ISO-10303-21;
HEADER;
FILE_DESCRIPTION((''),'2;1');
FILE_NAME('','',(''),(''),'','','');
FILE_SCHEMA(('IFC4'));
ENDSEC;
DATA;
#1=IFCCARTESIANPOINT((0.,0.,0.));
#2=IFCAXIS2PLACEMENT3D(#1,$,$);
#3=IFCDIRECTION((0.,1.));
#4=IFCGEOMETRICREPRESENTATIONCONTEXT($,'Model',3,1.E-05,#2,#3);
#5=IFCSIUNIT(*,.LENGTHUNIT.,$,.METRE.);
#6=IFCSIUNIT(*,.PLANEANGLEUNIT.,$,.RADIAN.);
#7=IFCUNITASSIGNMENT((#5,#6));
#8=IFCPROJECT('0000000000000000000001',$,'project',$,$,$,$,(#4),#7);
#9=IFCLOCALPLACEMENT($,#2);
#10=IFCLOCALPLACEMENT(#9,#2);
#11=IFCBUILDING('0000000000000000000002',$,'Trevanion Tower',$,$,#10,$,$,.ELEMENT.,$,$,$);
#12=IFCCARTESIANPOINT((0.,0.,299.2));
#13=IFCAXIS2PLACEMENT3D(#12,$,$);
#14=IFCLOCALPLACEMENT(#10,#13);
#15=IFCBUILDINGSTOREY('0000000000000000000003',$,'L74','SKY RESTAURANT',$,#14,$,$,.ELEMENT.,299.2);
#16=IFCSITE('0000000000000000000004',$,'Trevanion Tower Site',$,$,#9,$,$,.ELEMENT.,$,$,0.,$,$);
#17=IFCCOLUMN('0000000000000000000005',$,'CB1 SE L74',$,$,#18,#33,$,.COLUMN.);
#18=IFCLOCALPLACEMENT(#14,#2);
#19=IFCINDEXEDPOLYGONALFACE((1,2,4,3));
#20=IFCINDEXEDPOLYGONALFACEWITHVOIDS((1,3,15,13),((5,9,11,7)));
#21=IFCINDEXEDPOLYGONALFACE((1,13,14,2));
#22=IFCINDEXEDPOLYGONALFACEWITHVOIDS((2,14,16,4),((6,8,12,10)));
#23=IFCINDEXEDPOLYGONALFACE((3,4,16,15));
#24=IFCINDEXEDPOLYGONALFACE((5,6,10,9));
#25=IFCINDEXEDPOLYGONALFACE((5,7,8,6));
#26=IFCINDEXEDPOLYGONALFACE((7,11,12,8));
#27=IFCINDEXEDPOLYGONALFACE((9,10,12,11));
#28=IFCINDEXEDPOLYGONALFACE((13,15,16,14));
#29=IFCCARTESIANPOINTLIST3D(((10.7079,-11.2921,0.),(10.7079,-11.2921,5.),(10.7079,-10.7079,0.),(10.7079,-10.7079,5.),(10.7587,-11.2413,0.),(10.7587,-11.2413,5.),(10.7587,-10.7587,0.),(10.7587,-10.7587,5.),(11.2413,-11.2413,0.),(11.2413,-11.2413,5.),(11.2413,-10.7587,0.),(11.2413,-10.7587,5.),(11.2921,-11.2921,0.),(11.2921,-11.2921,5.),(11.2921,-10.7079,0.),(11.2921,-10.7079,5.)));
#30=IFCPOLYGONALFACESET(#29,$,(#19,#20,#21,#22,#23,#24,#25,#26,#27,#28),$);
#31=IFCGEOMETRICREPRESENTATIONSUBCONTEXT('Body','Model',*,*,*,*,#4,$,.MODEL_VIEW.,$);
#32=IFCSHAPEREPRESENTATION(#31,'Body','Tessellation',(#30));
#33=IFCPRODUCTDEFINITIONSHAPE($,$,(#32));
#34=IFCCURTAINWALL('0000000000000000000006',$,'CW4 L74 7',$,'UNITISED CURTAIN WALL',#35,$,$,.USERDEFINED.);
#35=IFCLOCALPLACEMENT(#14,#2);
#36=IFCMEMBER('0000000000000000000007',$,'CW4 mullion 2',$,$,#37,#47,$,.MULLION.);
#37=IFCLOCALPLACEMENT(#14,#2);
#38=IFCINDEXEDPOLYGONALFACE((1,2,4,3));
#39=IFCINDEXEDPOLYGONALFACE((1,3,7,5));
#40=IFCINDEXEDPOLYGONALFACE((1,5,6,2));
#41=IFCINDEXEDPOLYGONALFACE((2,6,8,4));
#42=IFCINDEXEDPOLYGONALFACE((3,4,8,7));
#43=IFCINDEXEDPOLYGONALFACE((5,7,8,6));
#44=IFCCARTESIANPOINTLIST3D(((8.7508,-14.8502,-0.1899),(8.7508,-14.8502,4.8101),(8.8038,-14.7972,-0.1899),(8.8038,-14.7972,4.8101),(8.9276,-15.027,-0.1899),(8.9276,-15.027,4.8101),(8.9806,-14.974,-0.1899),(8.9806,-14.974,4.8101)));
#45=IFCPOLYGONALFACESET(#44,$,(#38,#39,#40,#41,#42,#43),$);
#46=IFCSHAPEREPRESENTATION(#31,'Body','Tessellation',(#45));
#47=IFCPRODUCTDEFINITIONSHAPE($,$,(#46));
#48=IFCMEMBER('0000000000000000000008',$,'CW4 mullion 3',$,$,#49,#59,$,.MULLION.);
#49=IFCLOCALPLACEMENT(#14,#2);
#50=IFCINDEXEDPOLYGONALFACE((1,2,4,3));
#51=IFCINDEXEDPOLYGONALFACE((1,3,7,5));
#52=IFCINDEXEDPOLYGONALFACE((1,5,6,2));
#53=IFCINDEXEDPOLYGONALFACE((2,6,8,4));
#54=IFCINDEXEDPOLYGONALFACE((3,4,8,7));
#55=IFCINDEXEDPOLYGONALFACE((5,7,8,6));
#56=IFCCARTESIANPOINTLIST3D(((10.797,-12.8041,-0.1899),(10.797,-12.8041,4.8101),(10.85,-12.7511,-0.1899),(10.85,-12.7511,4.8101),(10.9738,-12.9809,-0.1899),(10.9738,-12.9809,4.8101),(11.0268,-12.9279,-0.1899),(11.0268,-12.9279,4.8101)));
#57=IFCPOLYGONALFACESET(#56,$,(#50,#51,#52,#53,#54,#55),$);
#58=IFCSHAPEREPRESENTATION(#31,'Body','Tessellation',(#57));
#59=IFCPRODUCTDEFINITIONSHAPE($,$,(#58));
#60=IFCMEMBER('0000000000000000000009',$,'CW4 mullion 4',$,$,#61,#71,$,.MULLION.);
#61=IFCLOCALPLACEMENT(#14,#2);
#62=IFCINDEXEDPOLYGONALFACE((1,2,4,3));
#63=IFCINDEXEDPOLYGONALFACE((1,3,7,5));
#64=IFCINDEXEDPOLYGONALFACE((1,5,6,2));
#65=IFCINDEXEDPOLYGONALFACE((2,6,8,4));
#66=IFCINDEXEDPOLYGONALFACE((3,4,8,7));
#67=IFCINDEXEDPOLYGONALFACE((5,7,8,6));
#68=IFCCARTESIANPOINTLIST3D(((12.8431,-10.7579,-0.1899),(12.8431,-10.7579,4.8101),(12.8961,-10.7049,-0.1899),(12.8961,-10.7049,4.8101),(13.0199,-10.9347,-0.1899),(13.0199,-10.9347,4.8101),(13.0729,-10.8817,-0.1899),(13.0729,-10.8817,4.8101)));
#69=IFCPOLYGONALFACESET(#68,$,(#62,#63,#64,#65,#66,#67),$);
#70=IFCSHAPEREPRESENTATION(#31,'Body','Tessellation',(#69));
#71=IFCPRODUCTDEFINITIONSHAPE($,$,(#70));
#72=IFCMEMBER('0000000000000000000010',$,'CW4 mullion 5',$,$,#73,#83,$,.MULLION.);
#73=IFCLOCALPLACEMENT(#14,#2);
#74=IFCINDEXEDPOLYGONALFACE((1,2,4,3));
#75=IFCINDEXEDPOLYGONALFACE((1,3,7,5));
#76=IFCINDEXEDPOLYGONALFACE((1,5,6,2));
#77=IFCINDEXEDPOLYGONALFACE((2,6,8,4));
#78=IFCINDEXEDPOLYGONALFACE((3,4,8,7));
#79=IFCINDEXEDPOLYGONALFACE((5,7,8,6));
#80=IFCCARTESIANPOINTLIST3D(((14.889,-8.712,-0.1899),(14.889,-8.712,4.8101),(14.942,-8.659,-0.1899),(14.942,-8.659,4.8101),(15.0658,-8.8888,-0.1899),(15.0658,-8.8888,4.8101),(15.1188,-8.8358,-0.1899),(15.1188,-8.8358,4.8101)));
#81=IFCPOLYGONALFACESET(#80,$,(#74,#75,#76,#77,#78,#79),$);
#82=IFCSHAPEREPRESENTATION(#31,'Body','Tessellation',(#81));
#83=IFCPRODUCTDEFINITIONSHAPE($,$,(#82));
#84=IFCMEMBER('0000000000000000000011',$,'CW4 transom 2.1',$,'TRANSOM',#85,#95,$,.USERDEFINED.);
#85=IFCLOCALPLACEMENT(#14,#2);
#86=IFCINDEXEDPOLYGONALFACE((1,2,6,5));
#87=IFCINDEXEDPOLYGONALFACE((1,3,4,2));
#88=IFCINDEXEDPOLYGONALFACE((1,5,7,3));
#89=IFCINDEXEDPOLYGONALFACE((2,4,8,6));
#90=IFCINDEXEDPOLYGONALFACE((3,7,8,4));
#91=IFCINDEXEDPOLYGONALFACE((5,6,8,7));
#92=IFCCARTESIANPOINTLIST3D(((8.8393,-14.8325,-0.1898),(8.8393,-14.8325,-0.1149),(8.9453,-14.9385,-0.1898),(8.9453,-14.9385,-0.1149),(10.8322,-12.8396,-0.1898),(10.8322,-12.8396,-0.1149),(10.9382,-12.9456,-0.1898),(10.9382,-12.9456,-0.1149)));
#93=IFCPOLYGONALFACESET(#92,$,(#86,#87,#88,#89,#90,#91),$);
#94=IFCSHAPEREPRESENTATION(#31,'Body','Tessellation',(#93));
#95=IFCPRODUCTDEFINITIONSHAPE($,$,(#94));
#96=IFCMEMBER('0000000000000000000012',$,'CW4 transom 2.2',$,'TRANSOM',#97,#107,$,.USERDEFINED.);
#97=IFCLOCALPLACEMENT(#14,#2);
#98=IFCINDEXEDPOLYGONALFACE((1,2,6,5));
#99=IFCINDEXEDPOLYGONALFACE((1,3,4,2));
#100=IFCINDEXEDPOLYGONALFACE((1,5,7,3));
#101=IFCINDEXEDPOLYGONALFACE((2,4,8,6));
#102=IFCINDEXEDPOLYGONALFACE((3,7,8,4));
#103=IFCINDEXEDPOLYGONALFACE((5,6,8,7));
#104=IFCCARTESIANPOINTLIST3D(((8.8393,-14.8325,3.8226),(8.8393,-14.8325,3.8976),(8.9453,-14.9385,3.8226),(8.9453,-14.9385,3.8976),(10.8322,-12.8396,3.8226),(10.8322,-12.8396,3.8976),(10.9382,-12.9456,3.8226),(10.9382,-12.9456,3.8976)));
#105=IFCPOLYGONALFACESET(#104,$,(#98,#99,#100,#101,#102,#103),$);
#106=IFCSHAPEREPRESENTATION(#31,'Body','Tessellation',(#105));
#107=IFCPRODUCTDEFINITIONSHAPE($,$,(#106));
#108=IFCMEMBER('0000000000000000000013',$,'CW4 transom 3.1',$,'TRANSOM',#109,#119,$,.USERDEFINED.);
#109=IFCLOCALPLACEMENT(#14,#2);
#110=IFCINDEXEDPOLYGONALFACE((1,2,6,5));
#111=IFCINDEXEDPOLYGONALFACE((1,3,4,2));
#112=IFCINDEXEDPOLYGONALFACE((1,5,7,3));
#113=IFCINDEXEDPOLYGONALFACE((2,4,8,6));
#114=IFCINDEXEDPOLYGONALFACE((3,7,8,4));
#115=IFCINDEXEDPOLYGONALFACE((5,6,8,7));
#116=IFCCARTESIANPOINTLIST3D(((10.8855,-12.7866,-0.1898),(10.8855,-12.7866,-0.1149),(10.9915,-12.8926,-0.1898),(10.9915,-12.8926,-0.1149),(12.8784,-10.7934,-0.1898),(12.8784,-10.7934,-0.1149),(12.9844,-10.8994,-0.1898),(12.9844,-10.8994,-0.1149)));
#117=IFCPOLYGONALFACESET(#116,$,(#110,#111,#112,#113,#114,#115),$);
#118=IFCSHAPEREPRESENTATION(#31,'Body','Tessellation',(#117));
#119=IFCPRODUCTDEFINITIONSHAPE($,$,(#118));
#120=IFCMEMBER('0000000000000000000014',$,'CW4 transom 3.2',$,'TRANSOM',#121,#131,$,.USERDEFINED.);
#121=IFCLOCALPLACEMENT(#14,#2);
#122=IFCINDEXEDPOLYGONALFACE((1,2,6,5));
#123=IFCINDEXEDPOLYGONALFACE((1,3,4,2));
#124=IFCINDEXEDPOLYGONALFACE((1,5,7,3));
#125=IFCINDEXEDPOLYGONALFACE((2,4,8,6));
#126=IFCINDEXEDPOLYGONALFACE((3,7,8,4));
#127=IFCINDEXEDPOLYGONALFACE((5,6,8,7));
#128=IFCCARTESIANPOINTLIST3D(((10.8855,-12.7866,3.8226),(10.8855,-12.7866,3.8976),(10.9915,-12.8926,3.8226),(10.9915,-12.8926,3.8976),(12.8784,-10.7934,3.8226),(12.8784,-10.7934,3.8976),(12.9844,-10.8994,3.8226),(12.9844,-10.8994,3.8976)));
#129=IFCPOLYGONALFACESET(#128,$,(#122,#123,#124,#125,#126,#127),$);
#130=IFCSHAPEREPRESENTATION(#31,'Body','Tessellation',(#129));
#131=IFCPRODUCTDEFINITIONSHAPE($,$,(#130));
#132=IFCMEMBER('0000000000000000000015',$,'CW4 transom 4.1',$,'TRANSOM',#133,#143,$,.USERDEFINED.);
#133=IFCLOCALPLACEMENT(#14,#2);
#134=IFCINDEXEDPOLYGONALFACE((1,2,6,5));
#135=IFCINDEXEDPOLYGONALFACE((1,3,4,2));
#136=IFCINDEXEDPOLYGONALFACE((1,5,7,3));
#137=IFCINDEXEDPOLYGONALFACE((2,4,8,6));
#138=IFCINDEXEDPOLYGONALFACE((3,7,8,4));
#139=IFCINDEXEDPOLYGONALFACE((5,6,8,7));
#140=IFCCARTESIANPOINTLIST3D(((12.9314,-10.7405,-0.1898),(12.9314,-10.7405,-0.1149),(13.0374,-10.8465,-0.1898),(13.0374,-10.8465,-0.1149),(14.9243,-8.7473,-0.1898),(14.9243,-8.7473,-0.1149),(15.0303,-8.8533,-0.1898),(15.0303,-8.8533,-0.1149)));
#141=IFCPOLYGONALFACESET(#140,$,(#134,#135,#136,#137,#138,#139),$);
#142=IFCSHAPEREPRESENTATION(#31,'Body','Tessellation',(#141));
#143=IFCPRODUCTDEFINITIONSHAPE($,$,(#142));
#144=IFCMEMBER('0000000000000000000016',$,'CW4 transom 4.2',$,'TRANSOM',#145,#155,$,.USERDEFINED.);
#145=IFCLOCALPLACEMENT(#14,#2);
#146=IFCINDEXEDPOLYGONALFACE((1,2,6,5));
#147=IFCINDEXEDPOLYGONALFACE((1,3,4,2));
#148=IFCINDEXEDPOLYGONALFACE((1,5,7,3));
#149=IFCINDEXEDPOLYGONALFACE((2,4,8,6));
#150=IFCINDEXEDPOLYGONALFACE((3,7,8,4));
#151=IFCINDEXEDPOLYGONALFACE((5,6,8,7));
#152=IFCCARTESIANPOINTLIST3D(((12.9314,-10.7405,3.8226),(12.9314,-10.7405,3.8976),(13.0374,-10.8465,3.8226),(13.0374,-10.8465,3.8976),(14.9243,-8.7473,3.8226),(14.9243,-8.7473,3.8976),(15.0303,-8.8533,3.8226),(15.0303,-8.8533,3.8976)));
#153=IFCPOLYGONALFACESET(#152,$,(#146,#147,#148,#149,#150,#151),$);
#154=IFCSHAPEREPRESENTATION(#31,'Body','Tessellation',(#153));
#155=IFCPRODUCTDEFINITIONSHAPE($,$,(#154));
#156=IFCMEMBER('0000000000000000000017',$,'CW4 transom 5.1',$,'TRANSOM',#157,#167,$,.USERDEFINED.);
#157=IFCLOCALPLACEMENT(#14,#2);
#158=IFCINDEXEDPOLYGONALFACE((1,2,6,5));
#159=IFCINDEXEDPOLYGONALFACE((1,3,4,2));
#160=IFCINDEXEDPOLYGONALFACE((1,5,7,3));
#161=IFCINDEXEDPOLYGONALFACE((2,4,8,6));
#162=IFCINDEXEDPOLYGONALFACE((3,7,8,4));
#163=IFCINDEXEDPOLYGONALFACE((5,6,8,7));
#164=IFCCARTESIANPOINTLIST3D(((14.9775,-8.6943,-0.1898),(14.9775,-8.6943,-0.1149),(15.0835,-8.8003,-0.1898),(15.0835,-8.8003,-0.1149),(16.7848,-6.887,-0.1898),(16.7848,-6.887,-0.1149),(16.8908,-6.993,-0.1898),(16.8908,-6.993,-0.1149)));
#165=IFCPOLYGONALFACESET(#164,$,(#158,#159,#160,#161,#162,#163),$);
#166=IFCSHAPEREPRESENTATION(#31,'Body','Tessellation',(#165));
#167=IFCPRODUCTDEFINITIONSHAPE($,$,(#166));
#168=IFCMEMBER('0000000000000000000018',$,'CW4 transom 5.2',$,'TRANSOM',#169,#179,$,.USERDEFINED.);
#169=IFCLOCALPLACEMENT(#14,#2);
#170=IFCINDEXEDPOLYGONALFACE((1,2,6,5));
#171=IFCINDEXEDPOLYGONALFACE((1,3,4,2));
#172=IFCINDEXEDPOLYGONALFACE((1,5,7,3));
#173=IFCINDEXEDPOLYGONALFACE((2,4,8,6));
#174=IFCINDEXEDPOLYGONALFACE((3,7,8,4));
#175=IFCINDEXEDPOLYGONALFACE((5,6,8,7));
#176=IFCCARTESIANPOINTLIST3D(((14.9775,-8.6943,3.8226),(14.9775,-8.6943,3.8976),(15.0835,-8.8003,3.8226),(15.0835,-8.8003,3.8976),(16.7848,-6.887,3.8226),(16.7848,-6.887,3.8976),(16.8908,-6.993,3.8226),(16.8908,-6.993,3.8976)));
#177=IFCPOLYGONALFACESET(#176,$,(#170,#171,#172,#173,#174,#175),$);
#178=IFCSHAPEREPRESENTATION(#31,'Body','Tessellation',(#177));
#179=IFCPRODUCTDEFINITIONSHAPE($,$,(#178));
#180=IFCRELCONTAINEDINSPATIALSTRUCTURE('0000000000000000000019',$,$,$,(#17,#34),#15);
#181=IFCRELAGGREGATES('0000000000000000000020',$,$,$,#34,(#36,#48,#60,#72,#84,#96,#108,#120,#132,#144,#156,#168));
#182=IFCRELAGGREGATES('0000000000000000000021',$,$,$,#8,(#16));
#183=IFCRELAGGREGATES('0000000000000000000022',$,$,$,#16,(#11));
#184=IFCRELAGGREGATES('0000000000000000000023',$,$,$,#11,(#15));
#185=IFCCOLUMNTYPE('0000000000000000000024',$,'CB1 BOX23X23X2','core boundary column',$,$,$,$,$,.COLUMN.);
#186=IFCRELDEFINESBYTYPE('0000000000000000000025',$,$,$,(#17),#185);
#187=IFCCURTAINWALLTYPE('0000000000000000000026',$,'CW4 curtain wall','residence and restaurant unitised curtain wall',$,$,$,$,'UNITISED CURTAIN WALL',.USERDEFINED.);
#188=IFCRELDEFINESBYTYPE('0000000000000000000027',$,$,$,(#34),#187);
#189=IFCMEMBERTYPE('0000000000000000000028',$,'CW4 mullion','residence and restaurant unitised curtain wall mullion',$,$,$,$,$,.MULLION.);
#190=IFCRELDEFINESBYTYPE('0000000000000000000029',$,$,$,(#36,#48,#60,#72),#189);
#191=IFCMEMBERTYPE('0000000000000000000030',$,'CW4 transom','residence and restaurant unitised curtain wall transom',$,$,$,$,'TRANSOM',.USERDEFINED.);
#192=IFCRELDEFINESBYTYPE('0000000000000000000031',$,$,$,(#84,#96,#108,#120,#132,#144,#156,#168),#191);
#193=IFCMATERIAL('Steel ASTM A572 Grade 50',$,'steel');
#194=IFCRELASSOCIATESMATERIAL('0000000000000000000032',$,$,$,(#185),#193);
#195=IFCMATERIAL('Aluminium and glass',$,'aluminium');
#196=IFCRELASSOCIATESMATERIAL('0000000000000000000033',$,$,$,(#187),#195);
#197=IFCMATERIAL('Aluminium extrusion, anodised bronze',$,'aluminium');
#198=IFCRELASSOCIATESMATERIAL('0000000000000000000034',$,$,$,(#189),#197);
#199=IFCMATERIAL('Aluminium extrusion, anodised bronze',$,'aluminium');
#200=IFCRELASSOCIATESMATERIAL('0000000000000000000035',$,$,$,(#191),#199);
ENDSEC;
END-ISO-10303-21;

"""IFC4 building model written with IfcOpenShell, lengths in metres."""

from ifc_helpers import new_model, si_unit, direction, frame, origin, origin_2d, place, context, subcontext, project, spatial, rectangle, hollow_rectangle, extrude, material, material_profile, profile_set, type_object, element, aggregate, save


model = new_model("IFC4")

# Units and contexts
model_context = context("Model", 3, precision=1e-05, world=origin(), true_north=direction((0.0, 1.0)))
body_context = subcontext(model_context, "Body", "Model", "MODEL_VIEW")
ifc_project = project(units=[si_unit("LENGTHUNIT", "METRE"), si_unit("PLANEANGLEUNIT", "RADIAN")], contexts=[model_context])

# Site, building, storey
site_placement = place(None, origin())
site = spatial("IfcSite", under=ifc_project, at=site_placement, Name="Trevanion Tower Site", CompositionType="ELEMENT", RefElevation=0.0)
building_placement = place(site_placement, origin())
building = spatial("IfcBuilding", under=site, at=building_placement, Name="Trevanion Tower", CompositionType="ELEMENT")
storey_placement = place(building_placement, frame((0.0, 0.0, 299.2)))
storey = spatial("IfcBuildingStorey", under=building, at=storey_placement, Name="L74", Description="SKY RESTAURANT", CompositionType="ELEMENT", Elevation=299.2)

# Column
ifc_material_1 = material(Name="Steel ASTM A572 Grade 50", Category="steel")
ifc_material_profile_1 = material_profile(ifc_material_1, hollow_rectangle(XDim=0.5842, YDim=0.5842, WallThickness=0.0508, at=origin_2d()), Name="BOX23X23X2")
ifc_profile_set_1 = profile_set([ifc_material_profile_1], Name="Steel ASTM A572 Grade 50")
column_type = type_object("IfcColumnType", Name="CB1 BOX23X23X2", Description="core boundary column", PredefinedType="COLUMN", material=ifc_profile_set_1)
column_placement = place(storey_placement, frame((11.0, -11.0, 0.0), z_axis=(0.0, 0.0, 1.0), x_axis=(1.0, 0.0, 0.0)))
element("IfcColumn", 1, at=column_placement, inside=storey, type_object=column_type, Name="CB1 SE L74", PredefinedType="COLUMN", context=body_context, shape_type="SweptSolid", body=[
    extrude(hollow_rectangle(XDim=0.5842, YDim=0.5842, WallThickness=0.0508, at=origin_2d()), origin(), (0.0, 0.0, 1.0), 5.0),
])

# Curtain wall, members
ifc_material_2 = material(Name="Aluminium and glass", Category="aluminium")
curtain_wall_type = type_object("IfcCurtainWallType", Name="CW4 curtain wall", Description="residence and restaurant unitised curtain wall", ElementType="UNITISED CURTAIN WALL", PredefinedType="USERDEFINED", material=ifc_material_2)
curtain_wall_placement = place(storey_placement, origin())
curtain_wall = element("IfcCurtainWall", 2, at=curtain_wall_placement, inside=storey, type_object=curtain_wall_type, Name="CW4 L74 7", ObjectType="UNITISED CURTAIN WALL", PredefinedType="USERDEFINED")
ifc_material_3 = material(Name="Aluminium extrusion, anodised bronze", Category="aluminium")
ifc_material_profile_2 = material_profile(ifc_material_3, rectangle(XDim=0.075, YDim=0.25, at=origin_2d()), Name="CW4 mullion")
ifc_profile_set_2 = profile_set([ifc_material_profile_2], Name="Aluminium extrusion, anodised bronze")
member_type_1 = type_object("IfcMemberType", Name="CW4 mullion", Description="residence and restaurant unitised curtain wall mullion", PredefinedType="MULLION", material=ifc_profile_set_2)
member_1_placement = place(storey_placement, frame((8.8657, -14.9121, -0.1899), z_axis=(0.0, 0.0, 1.0), x_axis=(0.707107, 0.707107, 0.0)))
member_1 = element("IfcMember", 3, at=member_1_placement, type_object=member_type_1, Name="CW4 mullion 2", PredefinedType="MULLION", context=body_context, shape_type="SweptSolid", body=[
    extrude(rectangle(XDim=0.075, YDim=0.25, at=origin_2d()), origin(), (0.0, 0.0, 1.0), 5.0),
])
member_2_placement = place(storey_placement, frame((10.9119, -12.866, -0.1899), z_axis=(0.0, 0.0, 1.0), x_axis=(0.707107, 0.707107, 0.0)))
member_2 = element("IfcMember", 4, at=member_2_placement, type_object=member_type_1, Name="CW4 mullion 3", PredefinedType="MULLION", context=body_context, shape_type="SweptSolid", body=[
    extrude(rectangle(XDim=0.075, YDim=0.25, at=origin_2d()), origin(), (0.0, 0.0, 1.0), 5.0),
])
member_3_placement = place(storey_placement, frame((12.958, -10.8198, -0.1899), z_axis=(0.0, 0.0, 1.0), x_axis=(0.707107, 0.707107, 0.0)))
member_3 = element("IfcMember", 5, at=member_3_placement, type_object=member_type_1, Name="CW4 mullion 4", PredefinedType="MULLION", context=body_context, shape_type="SweptSolid", body=[
    extrude(rectangle(XDim=0.075, YDim=0.25, at=origin_2d()), origin(), (0.0, 0.0, 1.0), 5.0),
])
member_4_placement = place(storey_placement, frame((15.0039, -8.7739, -0.1899), z_axis=(0.0, 0.0, 1.0), x_axis=(0.707107, 0.707107, 0.0)))
member_4 = element("IfcMember", 6, at=member_4_placement, type_object=member_type_1, Name="CW4 mullion 5", PredefinedType="MULLION", context=body_context, shape_type="SweptSolid", body=[
    extrude(rectangle(XDim=0.075, YDim=0.25, at=origin_2d()), origin(), (0.0, 0.0, 1.0), 5.0),
])
ifc_material_4 = material(Name="Aluminium extrusion, anodised bronze", Category="aluminium")
ifc_material_profile_3 = material_profile(ifc_material_4, rectangle(XDim=0.1499, YDim=0.075, at=origin_2d()), Name="CW4 transom")
ifc_profile_set_3 = profile_set([ifc_material_profile_3], Name="Aluminium extrusion, anodised bronze")
member_type_2 = type_object("IfcMemberType", Name="CW4 transom", Description="residence and restaurant unitised curtain wall transom", ElementType="TRANSOM", PredefinedType="USERDEFINED", material=ifc_profile_set_3)
member_5_placement = place(storey_placement, frame((8.8923, -14.8855, -0.1523), z_axis=(0.707107, 0.707107, 0.0), x_axis=(-0.707107, 0.707107, 0.0)))
member_5 = element("IfcMember", 7, at=member_5_placement, type_object=member_type_2, Name="CW4 transom 2.1", ObjectType="TRANSOM", PredefinedType="USERDEFINED", context=body_context, shape_type="SweptSolid", body=[
    extrude(rectangle(XDim=0.1499, YDim=0.075, at=origin_2d()), origin(), (0.0, 0.0, 1.0), 2.8184),
])
member_6_placement = place(storey_placement, frame((8.8923, -14.8855, 3.8601), z_axis=(0.707107, 0.707107, 0.0), x_axis=(-0.707107, 0.707107, 0.0)))
member_6 = element("IfcMember", 8, at=member_6_placement, type_object=member_type_2, Name="CW4 transom 2.2", ObjectType="TRANSOM", PredefinedType="USERDEFINED", context=body_context, shape_type="SweptSolid", body=[
    extrude(rectangle(XDim=0.1499, YDim=0.075, at=origin_2d()), origin(), (0.0, 0.0, 1.0), 2.8184),
])
member_7_placement = place(storey_placement, frame((10.9385, -12.8396, -0.1523), z_axis=(0.707063, 0.70715, 0.0), x_axis=(-0.70715, 0.707063, 0.0)))
member_7 = element("IfcMember", 9, at=member_7_placement, type_object=member_type_2, Name="CW4 transom 3.1", ObjectType="TRANSOM", PredefinedType="USERDEFINED", context=body_context, shape_type="SweptSolid", body=[
    extrude(rectangle(XDim=0.1499, YDim=0.075, at=origin_2d()), origin(), (0.0, 0.0, 1.0), 2.8186),
])
member_8_placement = place(storey_placement, frame((10.9385, -12.8396, 3.8601), z_axis=(0.707063, 0.70715, 0.0), x_axis=(-0.70715, 0.707063, 0.0)))
member_8 = element("IfcMember", 10, at=member_8_placement, type_object=member_type_2, Name="CW4 transom 3.2", ObjectType="TRANSOM", PredefinedType="USERDEFINED", context=body_context, shape_type="SweptSolid", body=[
    extrude(rectangle(XDim=0.1499, YDim=0.075, at=origin_2d()), origin(), (0.0, 0.0, 1.0), 2.8186),
])
member_9_placement = place(storey_placement, frame((12.9844, -10.7935, -0.1523), z_axis=(0.707063, 0.70715, 0.0), x_axis=(-0.70715, 0.707063, 0.0)))
member_9 = element("IfcMember", 11, at=member_9_placement, type_object=member_type_2, Name="CW4 transom 4.1", ObjectType="TRANSOM", PredefinedType="USERDEFINED", context=body_context, shape_type="SweptSolid", body=[
    extrude(rectangle(XDim=0.1499, YDim=0.075, at=origin_2d()), origin(), (0.0, 0.0, 1.0), 2.8186),
])
member_10_placement = place(storey_placement, frame((12.9844, -10.7935, 3.8601), z_axis=(0.707063, 0.70715, 0.0), x_axis=(-0.70715, 0.707063, 0.0)))
member_10 = element("IfcMember", 12, at=member_10_placement, type_object=member_type_2, Name="CW4 transom 4.2", ObjectType="TRANSOM", PredefinedType="USERDEFINED", context=body_context, shape_type="SweptSolid", body=[
    extrude(rectangle(XDim=0.1499, YDim=0.075, at=origin_2d()), origin(), (0.0, 0.0, 1.0), 2.8186),
])
member_11_placement = place(storey_placement, frame((15.0305, -8.7473, -0.1523), z_axis=(0.707107, 0.707107, 0.0), x_axis=(-0.707107, 0.707107, 0.0)))
member_11 = element("IfcMember", 13, at=member_11_placement, type_object=member_type_2, Name="CW4 transom 5.1", ObjectType="TRANSOM", PredefinedType="USERDEFINED", context=body_context, shape_type="SweptSolid", body=[
    extrude(rectangle(XDim=0.1499, YDim=0.075, at=origin_2d()), origin(), (0.0, 0.0, 1.0), 2.5559),
])
member_12_placement = place(storey_placement, frame((15.0305, -8.7473, 3.8601), z_axis=(0.707107, 0.707107, 0.0), x_axis=(-0.707107, 0.707107, 0.0)))
member_12 = element("IfcMember", 14, at=member_12_placement, type_object=member_type_2, Name="CW4 transom 5.2", ObjectType="TRANSOM", PredefinedType="USERDEFINED", context=body_context, shape_type="SweptSolid", body=[
    extrude(rectangle(XDim=0.1499, YDim=0.075, at=origin_2d()), origin(), (0.0, 0.0, 1.0), 2.5559),
])

aggregate(curtain_wall, [member_1, member_2, member_3, member_4, member_5, member_6, member_7, member_8, member_9, member_10, member_11, member_12])

save(model, "model.ifc")
